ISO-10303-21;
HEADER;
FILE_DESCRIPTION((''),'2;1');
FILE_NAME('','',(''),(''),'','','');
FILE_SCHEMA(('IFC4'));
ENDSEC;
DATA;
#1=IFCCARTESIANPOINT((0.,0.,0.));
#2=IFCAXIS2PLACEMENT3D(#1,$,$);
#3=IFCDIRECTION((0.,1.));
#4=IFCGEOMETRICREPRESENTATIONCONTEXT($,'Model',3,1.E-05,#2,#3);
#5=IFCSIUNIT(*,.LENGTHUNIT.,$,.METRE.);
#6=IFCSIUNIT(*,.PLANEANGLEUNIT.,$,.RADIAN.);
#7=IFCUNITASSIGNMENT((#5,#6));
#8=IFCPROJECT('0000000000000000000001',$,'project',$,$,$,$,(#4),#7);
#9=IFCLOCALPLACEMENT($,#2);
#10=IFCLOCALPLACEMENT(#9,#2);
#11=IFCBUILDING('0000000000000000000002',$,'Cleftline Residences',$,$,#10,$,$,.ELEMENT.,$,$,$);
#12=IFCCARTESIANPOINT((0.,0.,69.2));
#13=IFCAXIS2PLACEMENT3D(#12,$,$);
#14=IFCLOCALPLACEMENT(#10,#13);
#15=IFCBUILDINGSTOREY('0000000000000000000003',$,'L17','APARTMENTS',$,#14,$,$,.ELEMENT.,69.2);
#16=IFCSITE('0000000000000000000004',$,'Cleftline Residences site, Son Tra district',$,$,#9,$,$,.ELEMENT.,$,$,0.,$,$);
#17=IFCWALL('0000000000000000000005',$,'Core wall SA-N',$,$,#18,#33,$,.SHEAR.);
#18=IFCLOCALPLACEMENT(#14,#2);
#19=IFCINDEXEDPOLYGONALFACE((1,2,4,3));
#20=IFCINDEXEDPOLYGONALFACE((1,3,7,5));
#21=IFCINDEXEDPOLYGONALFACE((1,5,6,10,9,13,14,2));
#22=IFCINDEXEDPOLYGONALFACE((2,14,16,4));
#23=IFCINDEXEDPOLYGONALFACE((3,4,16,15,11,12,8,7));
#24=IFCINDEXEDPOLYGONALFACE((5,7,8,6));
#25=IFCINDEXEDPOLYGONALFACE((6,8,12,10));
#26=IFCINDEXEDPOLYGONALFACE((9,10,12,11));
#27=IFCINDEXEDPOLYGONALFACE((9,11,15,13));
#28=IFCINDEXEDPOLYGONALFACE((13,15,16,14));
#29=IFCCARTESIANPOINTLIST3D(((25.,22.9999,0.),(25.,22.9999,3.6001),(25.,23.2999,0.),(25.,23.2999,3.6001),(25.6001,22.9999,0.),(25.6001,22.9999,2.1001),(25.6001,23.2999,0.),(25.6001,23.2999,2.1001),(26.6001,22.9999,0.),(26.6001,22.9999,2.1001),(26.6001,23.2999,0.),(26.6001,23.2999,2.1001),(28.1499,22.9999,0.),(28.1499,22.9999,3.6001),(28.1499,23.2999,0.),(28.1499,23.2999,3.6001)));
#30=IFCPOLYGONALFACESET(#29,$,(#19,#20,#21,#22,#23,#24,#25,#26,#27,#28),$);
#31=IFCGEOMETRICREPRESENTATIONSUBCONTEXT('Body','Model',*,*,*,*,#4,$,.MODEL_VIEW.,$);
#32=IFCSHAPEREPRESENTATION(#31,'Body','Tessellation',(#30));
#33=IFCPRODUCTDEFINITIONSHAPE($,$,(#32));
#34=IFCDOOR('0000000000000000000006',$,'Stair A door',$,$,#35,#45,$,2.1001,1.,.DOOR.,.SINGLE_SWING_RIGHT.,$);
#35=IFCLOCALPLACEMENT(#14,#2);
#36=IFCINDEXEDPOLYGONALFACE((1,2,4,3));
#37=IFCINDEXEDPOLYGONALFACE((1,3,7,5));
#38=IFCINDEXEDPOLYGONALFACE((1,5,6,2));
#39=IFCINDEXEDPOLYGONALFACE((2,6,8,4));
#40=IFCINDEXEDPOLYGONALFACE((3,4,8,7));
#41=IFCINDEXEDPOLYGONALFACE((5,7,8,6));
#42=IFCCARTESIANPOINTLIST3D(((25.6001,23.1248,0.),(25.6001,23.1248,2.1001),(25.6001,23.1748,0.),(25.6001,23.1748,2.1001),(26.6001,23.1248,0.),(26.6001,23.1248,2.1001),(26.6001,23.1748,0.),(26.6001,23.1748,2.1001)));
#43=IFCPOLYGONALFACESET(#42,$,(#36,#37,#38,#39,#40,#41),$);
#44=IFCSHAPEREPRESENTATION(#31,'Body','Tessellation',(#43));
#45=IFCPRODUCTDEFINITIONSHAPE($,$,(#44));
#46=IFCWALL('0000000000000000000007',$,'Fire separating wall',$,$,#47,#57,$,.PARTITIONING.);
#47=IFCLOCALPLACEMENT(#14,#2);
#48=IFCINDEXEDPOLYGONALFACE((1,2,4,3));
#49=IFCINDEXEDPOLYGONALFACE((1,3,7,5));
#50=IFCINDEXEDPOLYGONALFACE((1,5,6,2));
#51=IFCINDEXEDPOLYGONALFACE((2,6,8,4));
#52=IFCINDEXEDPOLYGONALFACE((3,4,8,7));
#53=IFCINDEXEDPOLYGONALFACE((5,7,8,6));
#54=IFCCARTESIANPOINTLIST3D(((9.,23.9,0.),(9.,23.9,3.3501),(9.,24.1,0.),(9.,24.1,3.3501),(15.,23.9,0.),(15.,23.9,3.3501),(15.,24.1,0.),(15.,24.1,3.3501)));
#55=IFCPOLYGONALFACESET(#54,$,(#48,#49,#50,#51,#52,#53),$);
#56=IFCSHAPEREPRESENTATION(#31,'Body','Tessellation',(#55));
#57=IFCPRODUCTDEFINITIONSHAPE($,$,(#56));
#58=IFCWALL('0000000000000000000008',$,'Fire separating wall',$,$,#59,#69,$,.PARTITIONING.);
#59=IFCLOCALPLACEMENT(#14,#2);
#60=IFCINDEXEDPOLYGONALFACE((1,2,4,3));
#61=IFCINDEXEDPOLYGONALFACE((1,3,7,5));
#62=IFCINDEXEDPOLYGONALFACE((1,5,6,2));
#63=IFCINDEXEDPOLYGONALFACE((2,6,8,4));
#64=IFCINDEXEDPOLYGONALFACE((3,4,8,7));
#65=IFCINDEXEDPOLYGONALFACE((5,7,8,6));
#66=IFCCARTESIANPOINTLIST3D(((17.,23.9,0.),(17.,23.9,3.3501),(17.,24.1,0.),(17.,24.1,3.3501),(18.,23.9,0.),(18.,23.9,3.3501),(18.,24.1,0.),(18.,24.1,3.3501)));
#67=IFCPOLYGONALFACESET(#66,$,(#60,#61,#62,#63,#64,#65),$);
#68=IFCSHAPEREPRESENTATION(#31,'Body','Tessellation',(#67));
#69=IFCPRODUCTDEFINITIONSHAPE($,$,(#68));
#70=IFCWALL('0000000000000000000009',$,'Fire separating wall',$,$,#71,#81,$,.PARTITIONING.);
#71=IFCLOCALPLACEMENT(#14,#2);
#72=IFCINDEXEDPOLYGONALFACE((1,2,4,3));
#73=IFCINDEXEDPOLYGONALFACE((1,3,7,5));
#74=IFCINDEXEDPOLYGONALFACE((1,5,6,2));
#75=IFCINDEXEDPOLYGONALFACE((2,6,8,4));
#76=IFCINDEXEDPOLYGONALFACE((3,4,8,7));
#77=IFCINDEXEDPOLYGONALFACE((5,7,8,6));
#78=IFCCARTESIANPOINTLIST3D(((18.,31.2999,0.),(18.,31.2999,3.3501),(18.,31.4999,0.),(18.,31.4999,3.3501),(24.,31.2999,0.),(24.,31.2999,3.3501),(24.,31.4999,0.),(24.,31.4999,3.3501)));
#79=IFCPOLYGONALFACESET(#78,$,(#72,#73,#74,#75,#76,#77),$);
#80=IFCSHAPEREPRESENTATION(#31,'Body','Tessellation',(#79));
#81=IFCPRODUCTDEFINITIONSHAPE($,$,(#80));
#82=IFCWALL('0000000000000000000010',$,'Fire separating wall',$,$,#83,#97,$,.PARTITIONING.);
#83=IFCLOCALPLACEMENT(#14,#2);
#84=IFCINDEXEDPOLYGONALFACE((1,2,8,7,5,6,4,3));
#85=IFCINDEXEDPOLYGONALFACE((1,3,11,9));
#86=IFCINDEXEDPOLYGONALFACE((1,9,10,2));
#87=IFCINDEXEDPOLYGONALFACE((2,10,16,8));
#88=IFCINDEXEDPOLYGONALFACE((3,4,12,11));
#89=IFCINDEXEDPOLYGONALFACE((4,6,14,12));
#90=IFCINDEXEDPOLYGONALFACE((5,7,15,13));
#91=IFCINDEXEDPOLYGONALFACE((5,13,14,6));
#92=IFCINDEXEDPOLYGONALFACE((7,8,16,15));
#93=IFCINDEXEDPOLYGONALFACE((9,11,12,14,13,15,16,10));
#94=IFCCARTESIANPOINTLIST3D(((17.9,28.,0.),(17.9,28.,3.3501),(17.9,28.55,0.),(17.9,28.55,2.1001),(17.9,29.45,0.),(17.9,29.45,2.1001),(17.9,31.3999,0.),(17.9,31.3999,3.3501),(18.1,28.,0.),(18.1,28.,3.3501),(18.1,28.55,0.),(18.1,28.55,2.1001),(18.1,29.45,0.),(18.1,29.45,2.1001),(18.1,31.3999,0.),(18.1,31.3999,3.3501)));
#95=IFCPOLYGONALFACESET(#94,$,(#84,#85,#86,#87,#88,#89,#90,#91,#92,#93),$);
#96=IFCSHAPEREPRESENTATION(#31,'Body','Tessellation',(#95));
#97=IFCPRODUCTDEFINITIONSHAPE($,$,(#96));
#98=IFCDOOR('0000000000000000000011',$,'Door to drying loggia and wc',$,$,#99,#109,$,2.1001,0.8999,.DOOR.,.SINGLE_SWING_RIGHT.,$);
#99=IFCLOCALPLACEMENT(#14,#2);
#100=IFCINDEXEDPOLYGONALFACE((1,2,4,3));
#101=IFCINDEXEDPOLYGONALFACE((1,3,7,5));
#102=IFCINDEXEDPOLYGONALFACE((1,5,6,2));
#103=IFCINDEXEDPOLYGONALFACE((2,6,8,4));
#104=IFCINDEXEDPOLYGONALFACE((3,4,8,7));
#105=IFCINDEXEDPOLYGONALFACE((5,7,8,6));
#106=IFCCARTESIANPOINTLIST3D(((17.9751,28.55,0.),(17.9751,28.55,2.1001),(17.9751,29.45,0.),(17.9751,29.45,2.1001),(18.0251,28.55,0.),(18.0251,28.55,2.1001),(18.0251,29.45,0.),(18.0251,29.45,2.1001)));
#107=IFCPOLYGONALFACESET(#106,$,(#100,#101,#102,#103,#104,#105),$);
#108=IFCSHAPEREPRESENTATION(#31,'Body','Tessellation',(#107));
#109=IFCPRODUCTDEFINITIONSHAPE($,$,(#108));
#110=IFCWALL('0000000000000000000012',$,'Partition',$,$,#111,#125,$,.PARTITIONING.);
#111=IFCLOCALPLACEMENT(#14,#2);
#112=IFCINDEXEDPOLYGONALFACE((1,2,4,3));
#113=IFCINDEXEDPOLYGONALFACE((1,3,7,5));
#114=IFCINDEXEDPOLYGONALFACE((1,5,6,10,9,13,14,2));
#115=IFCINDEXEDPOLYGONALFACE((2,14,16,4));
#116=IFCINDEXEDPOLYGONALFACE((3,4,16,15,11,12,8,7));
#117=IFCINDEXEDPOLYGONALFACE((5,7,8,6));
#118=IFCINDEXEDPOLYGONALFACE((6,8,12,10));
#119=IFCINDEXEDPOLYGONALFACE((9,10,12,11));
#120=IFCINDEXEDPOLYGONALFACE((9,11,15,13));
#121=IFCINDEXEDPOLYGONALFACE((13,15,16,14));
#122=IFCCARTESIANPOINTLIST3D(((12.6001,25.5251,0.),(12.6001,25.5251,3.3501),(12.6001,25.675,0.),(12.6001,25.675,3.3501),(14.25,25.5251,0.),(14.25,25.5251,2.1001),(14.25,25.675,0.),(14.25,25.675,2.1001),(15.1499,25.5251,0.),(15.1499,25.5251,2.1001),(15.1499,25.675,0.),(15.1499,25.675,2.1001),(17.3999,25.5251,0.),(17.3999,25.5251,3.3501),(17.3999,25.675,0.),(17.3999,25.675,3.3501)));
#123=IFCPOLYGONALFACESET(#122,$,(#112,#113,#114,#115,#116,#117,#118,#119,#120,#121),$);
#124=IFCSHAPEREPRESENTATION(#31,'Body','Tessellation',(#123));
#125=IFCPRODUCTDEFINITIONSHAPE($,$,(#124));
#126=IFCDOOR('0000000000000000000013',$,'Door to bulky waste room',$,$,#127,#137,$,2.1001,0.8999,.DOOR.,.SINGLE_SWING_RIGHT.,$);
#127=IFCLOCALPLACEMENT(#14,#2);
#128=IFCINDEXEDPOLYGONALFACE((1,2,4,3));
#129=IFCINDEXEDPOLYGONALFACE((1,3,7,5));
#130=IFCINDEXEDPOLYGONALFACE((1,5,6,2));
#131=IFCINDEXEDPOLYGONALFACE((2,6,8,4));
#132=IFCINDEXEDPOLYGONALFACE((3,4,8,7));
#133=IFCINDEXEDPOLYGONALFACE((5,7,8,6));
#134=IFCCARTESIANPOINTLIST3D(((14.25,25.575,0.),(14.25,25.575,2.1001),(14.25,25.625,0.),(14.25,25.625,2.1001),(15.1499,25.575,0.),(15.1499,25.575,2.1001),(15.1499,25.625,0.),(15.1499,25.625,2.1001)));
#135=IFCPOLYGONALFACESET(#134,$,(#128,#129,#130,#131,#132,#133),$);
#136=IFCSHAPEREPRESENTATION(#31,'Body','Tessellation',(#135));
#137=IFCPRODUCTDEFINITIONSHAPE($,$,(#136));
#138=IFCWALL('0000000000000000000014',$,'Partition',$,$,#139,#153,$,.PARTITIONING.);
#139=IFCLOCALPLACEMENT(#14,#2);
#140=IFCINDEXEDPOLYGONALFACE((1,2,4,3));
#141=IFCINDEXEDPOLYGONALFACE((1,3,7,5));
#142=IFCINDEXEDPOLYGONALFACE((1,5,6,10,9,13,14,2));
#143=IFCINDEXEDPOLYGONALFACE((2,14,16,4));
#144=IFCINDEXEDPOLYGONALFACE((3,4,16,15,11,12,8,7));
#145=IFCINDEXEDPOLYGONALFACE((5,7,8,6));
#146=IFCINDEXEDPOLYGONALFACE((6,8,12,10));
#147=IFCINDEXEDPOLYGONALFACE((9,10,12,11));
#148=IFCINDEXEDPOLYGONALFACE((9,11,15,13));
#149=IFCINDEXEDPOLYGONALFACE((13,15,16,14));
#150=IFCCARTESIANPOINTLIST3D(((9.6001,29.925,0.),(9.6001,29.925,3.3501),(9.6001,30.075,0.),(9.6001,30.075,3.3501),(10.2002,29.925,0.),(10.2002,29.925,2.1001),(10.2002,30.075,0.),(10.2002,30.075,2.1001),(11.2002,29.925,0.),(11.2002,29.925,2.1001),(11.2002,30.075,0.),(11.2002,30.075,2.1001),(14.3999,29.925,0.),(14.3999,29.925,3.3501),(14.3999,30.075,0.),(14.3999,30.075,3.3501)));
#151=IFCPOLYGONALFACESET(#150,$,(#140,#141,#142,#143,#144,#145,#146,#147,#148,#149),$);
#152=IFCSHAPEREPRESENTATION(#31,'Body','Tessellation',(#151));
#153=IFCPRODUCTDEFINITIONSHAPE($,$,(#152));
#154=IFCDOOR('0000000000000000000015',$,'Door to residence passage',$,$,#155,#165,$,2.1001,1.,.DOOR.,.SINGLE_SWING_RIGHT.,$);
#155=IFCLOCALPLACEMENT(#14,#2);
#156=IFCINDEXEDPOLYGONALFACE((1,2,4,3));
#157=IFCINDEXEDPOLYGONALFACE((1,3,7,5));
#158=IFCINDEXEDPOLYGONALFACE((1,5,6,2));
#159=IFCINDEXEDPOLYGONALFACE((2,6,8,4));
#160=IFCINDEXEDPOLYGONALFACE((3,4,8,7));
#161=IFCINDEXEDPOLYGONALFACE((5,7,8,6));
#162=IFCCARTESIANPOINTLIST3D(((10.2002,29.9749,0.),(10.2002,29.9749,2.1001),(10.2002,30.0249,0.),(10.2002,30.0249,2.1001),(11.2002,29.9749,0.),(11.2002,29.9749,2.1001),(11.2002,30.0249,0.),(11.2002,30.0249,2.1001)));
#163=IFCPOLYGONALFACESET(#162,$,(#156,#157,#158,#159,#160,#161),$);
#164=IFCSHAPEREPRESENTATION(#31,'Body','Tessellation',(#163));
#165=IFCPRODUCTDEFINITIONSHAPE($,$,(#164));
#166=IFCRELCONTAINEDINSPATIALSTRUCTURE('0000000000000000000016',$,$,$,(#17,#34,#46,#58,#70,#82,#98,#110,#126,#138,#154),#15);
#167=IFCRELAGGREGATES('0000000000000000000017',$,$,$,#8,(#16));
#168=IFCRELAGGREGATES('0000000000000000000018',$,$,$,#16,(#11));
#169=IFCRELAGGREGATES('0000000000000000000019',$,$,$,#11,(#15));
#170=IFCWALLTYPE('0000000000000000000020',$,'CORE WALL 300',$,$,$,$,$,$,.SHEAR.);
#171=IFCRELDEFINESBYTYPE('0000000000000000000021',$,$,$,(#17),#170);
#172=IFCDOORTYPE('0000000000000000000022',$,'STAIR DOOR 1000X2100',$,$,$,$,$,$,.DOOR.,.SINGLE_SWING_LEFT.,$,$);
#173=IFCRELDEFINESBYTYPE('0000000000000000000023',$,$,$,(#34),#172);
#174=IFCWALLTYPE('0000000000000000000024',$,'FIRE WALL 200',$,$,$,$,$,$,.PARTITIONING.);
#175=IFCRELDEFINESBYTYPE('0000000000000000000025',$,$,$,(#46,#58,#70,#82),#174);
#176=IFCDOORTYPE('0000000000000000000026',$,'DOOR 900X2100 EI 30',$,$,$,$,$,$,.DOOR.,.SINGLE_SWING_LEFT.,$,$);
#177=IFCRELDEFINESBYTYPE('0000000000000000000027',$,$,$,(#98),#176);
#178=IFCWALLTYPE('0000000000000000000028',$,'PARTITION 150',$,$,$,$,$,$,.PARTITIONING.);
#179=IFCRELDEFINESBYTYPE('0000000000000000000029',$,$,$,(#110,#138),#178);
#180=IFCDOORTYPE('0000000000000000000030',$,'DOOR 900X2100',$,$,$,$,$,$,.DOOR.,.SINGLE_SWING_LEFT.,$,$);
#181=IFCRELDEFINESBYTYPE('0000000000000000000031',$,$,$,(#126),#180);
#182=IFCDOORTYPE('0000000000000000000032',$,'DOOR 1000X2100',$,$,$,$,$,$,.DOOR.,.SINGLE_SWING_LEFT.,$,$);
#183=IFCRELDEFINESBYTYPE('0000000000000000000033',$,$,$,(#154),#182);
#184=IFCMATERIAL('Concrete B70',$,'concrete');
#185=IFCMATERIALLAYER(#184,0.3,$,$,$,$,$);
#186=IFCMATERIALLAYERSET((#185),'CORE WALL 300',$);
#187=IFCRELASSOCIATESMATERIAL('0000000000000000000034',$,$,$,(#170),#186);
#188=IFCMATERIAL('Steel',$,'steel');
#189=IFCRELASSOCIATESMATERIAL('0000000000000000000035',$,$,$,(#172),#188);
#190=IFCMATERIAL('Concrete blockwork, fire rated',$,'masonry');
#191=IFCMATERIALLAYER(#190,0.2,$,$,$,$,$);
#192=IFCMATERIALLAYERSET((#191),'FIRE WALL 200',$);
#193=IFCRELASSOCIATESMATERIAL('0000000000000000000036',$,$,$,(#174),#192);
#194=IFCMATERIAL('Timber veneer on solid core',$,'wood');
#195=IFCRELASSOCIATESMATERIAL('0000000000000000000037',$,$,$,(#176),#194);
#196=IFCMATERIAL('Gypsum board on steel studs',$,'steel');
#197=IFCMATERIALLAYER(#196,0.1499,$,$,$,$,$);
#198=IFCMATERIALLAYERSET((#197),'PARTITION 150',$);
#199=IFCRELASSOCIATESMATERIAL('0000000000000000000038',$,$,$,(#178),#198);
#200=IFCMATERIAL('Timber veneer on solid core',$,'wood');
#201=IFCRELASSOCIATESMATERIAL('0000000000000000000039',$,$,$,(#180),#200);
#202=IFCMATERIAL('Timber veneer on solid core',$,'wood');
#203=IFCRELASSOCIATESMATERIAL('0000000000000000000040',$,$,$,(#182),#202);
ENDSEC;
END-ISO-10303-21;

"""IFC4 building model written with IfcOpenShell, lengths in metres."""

from ifc_helpers import new_model, si_unit, direction, frame, frame_2d, origin, place, context, subcontext, project, spatial, rectangle, extrude, material, layer, layer_set, type_object, element, fill, save


model = new_model("IFC4")

# Units and contexts
model_context = context("Model", 3, precision=1e-05, world=origin(), true_north=direction((0.0, 1.0)))
body_context = subcontext(model_context, "Body", "Model", "MODEL_VIEW")
ifc_project = project(units=[si_unit("LENGTHUNIT", "METRE"), si_unit("PLANEANGLEUNIT", "RADIAN")], contexts=[model_context])

# Site, building, storey
site_placement = place(None, origin())
site = spatial("IfcSite", under=ifc_project, at=site_placement, Name="Cleftline Residences site, Son Tra district", CompositionType="ELEMENT", RefElevation=0.0)
building_placement = place(site_placement, origin())
building = spatial("IfcBuilding", under=site, at=building_placement, Name="Cleftline Residences", CompositionType="ELEMENT")
storey_placement = place(building_placement, frame((0.0, 0.0, 69.2)))
storey = spatial("IfcBuildingStorey", under=building, at=storey_placement, Name="L17", Description="APARTMENTS", CompositionType="ELEMENT", Elevation=69.2)

# Wall, opening, door
ifc_material_1 = material(Name="Concrete B70", Category="concrete")
ifc_layer_1 = layer(ifc_material_1, 0.3)
ifc_layer_set_1 = layer_set([ifc_layer_1], Name="CORE WALL 300")
wall_type_1 = type_object("IfcWallType", Name="CORE WALL 300", PredefinedType="SHEAR", material=ifc_layer_set_1)
wall_1_placement = place(storey_placement, frame((25.0, 23.1499, 0.0), z_axis=(0.0, 0.0, 1.0), x_axis=(1.0, 0.0, 0.0)))
wall_1 = element("IfcWall", 1, at=wall_1_placement, inside=storey, type_object=wall_type_1, Name="Core wall SA-N", PredefinedType="SHEAR", context=body_context, shape_type="SweptSolid", body=[
    extrude(rectangle(XDim=3.1499, YDim=0.3, at=frame_2d((1.575, 0.0))), origin(), (0.0, 0.0, 1.0), 3.6001),
])
opening_1_placement = place(wall_1_placement, frame((0.6001, 0.0, 0.0)))
opening_1 = element("IfcOpeningElement", 2, at=opening_1_placement, cuts=wall_1, PredefinedType="OPENING", context=body_context, shape_type="SweptSolid", body=[
    extrude(rectangle(XDim=1.0, YDim=2.1001, at=frame_2d((0.5, 1.05))), frame((0.0, 0.1599, 0.0), z_axis=(0.0, -1.0, 0.0), x_axis=(1.0, 0.0, 0.0)), (0.0, 0.0, 1.0), 0.3201),
])
ifc_material_2 = material(Name="Steel", Category="steel")
door_type_1 = type_object("IfcDoorType", Name="STAIR DOOR 1000X2100", OperationType="SINGLE_SWING_LEFT", PredefinedType="DOOR", material=ifc_material_2)
door_1_placement = place(opening_1_placement, origin())
door_1 = element("IfcDoor", 3, at=door_1_placement, inside=storey, type_object=door_type_1, Name="Stair A door", OperationType="SINGLE_SWING_RIGHT", OverallHeight=2.1001, OverallWidth=1.0, PredefinedType="DOOR", context=body_context, shape_type="SweptSolid", body=[
    extrude(rectangle(XDim=1.0, YDim=2.1001, at=frame_2d((0.5, 1.05))), frame((0.0, 0.0249, 0.0), z_axis=(0.0, -1.0, 0.0), x_axis=(1.0, 0.0, 0.0)), (0.0, 0.0, 1.0), 0.05),
])
fill(opening_1, door_1)

# Walls
ifc_material_3 = material(Name="Concrete blockwork, fire rated", Category="masonry")
ifc_layer_2 = layer(ifc_material_3, 0.2)
ifc_layer_set_2 = layer_set([ifc_layer_2], Name="FIRE WALL 200")
wall_type_2 = type_object("IfcWallType", Name="FIRE WALL 200", PredefinedType="PARTITIONING", material=ifc_layer_set_2)
wall_2_placement = place(storey_placement, frame((9.0, 24.0, 0.0), z_axis=(0.0, 0.0, 1.0), x_axis=(1.0, 0.0, 0.0)))
element("IfcWall", 4, at=wall_2_placement, inside=storey, type_object=wall_type_2, Name="Fire separating wall", PredefinedType="PARTITIONING", context=body_context, shape_type="SweptSolid", body=[
    extrude(rectangle(XDim=6.0, YDim=0.2, at=frame_2d((3.0, 0.0))), origin(), (0.0, 0.0, 1.0), 3.3501),
])
wall_3_placement = place(storey_placement, frame((17.0, 24.0, 0.0), z_axis=(0.0, 0.0, 1.0), x_axis=(1.0, 0.0, 0.0)))
element("IfcWall", 5, at=wall_3_placement, inside=storey, type_object=wall_type_2, Name="Fire separating wall", PredefinedType="PARTITIONING", context=body_context, shape_type="SweptSolid", body=[
    extrude(rectangle(XDim=1.0, YDim=0.2, at=frame_2d((0.5, 0.0))), origin(), (0.0, 0.0, 1.0), 3.3501),
])
wall_4_placement = place(storey_placement, frame((18.0, 31.3999, 0.0), z_axis=(0.0, 0.0, 1.0), x_axis=(1.0, 0.0, 0.0)))
element("IfcWall", 6, at=wall_4_placement, inside=storey, type_object=wall_type_2, Name="Fire separating wall", PredefinedType="PARTITIONING", context=body_context, shape_type="SweptSolid", body=[
    extrude(rectangle(XDim=6.0, YDim=0.2, at=frame_2d((3.0, 0.0))), origin(), (0.0, 0.0, 1.0), 3.3501),
])

# Walls, openings, doors
wall_5_placement = place(storey_placement, frame((18.0, 28.0, 0.0), z_axis=(0.0, 0.0, 1.0), x_axis=(0.0, 1.0, 0.0)))
wall_5 = element("IfcWall", 7, at=wall_5_placement, inside=storey, type_object=wall_type_2, Name="Fire separating wall", PredefinedType="PARTITIONING", context=body_context, shape_type="SweptSolid", body=[
    extrude(rectangle(XDim=3.3999, YDim=0.2, at=frame_2d((1.7, 0.0))), origin(), (0.0, 0.0, 1.0), 3.3501),
])
opening_2_placement = place(wall_5_placement, frame((0.55, 0.0, 0.0)))
opening_2 = element("IfcOpeningElement", 8, at=opening_2_placement, cuts=wall_5, PredefinedType="OPENING", context=body_context, shape_type="SweptSolid", body=[
    extrude(rectangle(XDim=0.8999, YDim=2.1001, at=frame_2d((0.45, 1.05))), frame((0.0, 0.1099, 0.0), z_axis=(0.0, -1.0, 0.0), x_axis=(1.0, 0.0, 0.0)), (0.0, 0.0, 1.0), 0.22),
])
ifc_material_4 = material(Name="Timber veneer on solid core", Category="wood")
door_type_2 = type_object("IfcDoorType", Name="DOOR 900X2100 EI 30", OperationType="SINGLE_SWING_LEFT", PredefinedType="DOOR", material=ifc_material_4)
door_2_placement = place(opening_2_placement, origin())
door_2 = element("IfcDoor", 9, at=door_2_placement, inside=storey, type_object=door_type_2, Name="Door to drying loggia and wc", OperationType="SINGLE_SWING_RIGHT", OverallHeight=2.1001, OverallWidth=0.8999, PredefinedType="DOOR", context=body_context, shape_type="SweptSolid", body=[
    extrude(rectangle(XDim=0.8999, YDim=2.1001, at=frame_2d((0.45, 1.05))), frame((0.0, 0.0249, 0.0), z_axis=(0.0, -1.0, 0.0), x_axis=(1.0, 0.0, 0.0)), (0.0, 0.0, 1.0), 0.05),
])
fill(opening_2, door_2)
ifc_material_5 = material(Name="Gypsum board on steel studs", Category="steel")
ifc_layer_3 = layer(ifc_material_5, 0.1499)
ifc_layer_set_3 = layer_set([ifc_layer_3], Name="PARTITION 150")
wall_type_3 = type_object("IfcWallType", Name="PARTITION 150", PredefinedType="PARTITIONING", material=ifc_layer_set_3)
wall_6_placement = place(storey_placement, frame((12.6001, 25.6001, 0.0), z_axis=(0.0, 0.0, 1.0), x_axis=(1.0, 0.0, 0.0)))
wall_6 = element("IfcWall", 10, at=wall_6_placement, inside=storey, type_object=wall_type_3, Name="Partition", PredefinedType="PARTITIONING", context=body_context, shape_type="SweptSolid", body=[
    extrude(rectangle(XDim=4.7998, YDim=0.1499, at=frame_2d((2.3999, 0.0))), origin(), (0.0, 0.0, 1.0), 3.3501),
])
opening_3_placement = place(wall_6_placement, frame((1.6499, 0.0, 0.0)))
opening_3 = element("IfcOpeningElement", 11, at=opening_3_placement, cuts=wall_6, PredefinedType="OPENING", context=body_context, shape_type="SweptSolid", body=[
    extrude(rectangle(XDim=0.8999, YDim=2.1001, at=frame_2d((0.45, 1.05))), frame((0.0, 0.085, 0.0), z_axis=(0.0, -1.0, 0.0), x_axis=(1.0, 0.0, 0.0)), (0.0, 0.0, 1.0), 0.1699),
])
ifc_material_6 = material(Name="Timber veneer on solid core", Category="wood")
door_type_3 = type_object("IfcDoorType", Name="DOOR 900X2100", OperationType="SINGLE_SWING_LEFT", PredefinedType="DOOR", material=ifc_material_6)
door_3_placement = place(opening_3_placement, origin())
door_3 = element("IfcDoor", 12, at=door_3_placement, inside=storey, type_object=door_type_3, Name="Door to bulky waste room", OperationType="SINGLE_SWING_RIGHT", OverallHeight=2.1001, OverallWidth=0.8999, PredefinedType="DOOR", context=body_context, shape_type="SweptSolid", body=[
    extrude(rectangle(XDim=0.8999, YDim=2.1001, at=frame_2d((0.45, 1.05))), frame((0.0, 0.0249, 0.0), z_axis=(0.0, -1.0, 0.0), x_axis=(1.0, 0.0, 0.0)), (0.0, 0.0, 1.0), 0.05),
])
fill(opening_3, door_3)
wall_7_placement = place(storey_placement, frame((9.6001, 30.0, 0.0), z_axis=(0.0, 0.0, 1.0), x_axis=(1.0, 0.0, 0.0)))
wall_7 = element("IfcWall", 13, at=wall_7_placement, inside=storey, type_object=wall_type_3, Name="Partition", PredefinedType="PARTITIONING", context=body_context, shape_type="SweptSolid", body=[
    extrude(rectangle(XDim=4.7998, YDim=0.1499, at=frame_2d((2.3999, 0.0))), origin(), (0.0, 0.0, 1.0), 3.3501),
])
opening_4_placement = place(wall_7_placement, frame((0.6001, 0.0, 0.0)))
opening_4 = element("IfcOpeningElement", 14, at=opening_4_placement, cuts=wall_7, PredefinedType="OPENING", context=body_context, shape_type="SweptSolid", body=[
    extrude(rectangle(XDim=1.0, YDim=2.1001, at=frame_2d((0.5, 1.05))), frame((0.0, 0.085, 0.0), z_axis=(0.0, -1.0, 0.0), x_axis=(1.0, 0.0, 0.0)), (0.0, 0.0, 1.0), 0.1699),
])
ifc_material_7 = material(Name="Timber veneer on solid core", Category="wood")
door_type_4 = type_object("IfcDoorType", Name="DOOR 1000X2100", OperationType="SINGLE_SWING_LEFT", PredefinedType="DOOR", material=ifc_material_7)
door_4_placement = place(opening_4_placement, origin())
door_4 = element("IfcDoor", 15, at=door_4_placement, inside=storey, type_object=door_type_4, Name="Door to residence passage", OperationType="SINGLE_SWING_RIGHT", OverallHeight=2.1001, OverallWidth=1.0, PredefinedType="DOOR", context=body_context, shape_type="SweptSolid", body=[
    extrude(rectangle(XDim=1.0, YDim=2.1001, at=frame_2d((0.5, 1.05))), frame((0.0, 0.0249, 0.0), z_axis=(0.0, -1.0, 0.0), x_axis=(1.0, 0.0, 0.0)), (0.0, 0.0, 1.0), 0.05),
])
fill(opening_4, door_4)

save(model, "model.ifc")
